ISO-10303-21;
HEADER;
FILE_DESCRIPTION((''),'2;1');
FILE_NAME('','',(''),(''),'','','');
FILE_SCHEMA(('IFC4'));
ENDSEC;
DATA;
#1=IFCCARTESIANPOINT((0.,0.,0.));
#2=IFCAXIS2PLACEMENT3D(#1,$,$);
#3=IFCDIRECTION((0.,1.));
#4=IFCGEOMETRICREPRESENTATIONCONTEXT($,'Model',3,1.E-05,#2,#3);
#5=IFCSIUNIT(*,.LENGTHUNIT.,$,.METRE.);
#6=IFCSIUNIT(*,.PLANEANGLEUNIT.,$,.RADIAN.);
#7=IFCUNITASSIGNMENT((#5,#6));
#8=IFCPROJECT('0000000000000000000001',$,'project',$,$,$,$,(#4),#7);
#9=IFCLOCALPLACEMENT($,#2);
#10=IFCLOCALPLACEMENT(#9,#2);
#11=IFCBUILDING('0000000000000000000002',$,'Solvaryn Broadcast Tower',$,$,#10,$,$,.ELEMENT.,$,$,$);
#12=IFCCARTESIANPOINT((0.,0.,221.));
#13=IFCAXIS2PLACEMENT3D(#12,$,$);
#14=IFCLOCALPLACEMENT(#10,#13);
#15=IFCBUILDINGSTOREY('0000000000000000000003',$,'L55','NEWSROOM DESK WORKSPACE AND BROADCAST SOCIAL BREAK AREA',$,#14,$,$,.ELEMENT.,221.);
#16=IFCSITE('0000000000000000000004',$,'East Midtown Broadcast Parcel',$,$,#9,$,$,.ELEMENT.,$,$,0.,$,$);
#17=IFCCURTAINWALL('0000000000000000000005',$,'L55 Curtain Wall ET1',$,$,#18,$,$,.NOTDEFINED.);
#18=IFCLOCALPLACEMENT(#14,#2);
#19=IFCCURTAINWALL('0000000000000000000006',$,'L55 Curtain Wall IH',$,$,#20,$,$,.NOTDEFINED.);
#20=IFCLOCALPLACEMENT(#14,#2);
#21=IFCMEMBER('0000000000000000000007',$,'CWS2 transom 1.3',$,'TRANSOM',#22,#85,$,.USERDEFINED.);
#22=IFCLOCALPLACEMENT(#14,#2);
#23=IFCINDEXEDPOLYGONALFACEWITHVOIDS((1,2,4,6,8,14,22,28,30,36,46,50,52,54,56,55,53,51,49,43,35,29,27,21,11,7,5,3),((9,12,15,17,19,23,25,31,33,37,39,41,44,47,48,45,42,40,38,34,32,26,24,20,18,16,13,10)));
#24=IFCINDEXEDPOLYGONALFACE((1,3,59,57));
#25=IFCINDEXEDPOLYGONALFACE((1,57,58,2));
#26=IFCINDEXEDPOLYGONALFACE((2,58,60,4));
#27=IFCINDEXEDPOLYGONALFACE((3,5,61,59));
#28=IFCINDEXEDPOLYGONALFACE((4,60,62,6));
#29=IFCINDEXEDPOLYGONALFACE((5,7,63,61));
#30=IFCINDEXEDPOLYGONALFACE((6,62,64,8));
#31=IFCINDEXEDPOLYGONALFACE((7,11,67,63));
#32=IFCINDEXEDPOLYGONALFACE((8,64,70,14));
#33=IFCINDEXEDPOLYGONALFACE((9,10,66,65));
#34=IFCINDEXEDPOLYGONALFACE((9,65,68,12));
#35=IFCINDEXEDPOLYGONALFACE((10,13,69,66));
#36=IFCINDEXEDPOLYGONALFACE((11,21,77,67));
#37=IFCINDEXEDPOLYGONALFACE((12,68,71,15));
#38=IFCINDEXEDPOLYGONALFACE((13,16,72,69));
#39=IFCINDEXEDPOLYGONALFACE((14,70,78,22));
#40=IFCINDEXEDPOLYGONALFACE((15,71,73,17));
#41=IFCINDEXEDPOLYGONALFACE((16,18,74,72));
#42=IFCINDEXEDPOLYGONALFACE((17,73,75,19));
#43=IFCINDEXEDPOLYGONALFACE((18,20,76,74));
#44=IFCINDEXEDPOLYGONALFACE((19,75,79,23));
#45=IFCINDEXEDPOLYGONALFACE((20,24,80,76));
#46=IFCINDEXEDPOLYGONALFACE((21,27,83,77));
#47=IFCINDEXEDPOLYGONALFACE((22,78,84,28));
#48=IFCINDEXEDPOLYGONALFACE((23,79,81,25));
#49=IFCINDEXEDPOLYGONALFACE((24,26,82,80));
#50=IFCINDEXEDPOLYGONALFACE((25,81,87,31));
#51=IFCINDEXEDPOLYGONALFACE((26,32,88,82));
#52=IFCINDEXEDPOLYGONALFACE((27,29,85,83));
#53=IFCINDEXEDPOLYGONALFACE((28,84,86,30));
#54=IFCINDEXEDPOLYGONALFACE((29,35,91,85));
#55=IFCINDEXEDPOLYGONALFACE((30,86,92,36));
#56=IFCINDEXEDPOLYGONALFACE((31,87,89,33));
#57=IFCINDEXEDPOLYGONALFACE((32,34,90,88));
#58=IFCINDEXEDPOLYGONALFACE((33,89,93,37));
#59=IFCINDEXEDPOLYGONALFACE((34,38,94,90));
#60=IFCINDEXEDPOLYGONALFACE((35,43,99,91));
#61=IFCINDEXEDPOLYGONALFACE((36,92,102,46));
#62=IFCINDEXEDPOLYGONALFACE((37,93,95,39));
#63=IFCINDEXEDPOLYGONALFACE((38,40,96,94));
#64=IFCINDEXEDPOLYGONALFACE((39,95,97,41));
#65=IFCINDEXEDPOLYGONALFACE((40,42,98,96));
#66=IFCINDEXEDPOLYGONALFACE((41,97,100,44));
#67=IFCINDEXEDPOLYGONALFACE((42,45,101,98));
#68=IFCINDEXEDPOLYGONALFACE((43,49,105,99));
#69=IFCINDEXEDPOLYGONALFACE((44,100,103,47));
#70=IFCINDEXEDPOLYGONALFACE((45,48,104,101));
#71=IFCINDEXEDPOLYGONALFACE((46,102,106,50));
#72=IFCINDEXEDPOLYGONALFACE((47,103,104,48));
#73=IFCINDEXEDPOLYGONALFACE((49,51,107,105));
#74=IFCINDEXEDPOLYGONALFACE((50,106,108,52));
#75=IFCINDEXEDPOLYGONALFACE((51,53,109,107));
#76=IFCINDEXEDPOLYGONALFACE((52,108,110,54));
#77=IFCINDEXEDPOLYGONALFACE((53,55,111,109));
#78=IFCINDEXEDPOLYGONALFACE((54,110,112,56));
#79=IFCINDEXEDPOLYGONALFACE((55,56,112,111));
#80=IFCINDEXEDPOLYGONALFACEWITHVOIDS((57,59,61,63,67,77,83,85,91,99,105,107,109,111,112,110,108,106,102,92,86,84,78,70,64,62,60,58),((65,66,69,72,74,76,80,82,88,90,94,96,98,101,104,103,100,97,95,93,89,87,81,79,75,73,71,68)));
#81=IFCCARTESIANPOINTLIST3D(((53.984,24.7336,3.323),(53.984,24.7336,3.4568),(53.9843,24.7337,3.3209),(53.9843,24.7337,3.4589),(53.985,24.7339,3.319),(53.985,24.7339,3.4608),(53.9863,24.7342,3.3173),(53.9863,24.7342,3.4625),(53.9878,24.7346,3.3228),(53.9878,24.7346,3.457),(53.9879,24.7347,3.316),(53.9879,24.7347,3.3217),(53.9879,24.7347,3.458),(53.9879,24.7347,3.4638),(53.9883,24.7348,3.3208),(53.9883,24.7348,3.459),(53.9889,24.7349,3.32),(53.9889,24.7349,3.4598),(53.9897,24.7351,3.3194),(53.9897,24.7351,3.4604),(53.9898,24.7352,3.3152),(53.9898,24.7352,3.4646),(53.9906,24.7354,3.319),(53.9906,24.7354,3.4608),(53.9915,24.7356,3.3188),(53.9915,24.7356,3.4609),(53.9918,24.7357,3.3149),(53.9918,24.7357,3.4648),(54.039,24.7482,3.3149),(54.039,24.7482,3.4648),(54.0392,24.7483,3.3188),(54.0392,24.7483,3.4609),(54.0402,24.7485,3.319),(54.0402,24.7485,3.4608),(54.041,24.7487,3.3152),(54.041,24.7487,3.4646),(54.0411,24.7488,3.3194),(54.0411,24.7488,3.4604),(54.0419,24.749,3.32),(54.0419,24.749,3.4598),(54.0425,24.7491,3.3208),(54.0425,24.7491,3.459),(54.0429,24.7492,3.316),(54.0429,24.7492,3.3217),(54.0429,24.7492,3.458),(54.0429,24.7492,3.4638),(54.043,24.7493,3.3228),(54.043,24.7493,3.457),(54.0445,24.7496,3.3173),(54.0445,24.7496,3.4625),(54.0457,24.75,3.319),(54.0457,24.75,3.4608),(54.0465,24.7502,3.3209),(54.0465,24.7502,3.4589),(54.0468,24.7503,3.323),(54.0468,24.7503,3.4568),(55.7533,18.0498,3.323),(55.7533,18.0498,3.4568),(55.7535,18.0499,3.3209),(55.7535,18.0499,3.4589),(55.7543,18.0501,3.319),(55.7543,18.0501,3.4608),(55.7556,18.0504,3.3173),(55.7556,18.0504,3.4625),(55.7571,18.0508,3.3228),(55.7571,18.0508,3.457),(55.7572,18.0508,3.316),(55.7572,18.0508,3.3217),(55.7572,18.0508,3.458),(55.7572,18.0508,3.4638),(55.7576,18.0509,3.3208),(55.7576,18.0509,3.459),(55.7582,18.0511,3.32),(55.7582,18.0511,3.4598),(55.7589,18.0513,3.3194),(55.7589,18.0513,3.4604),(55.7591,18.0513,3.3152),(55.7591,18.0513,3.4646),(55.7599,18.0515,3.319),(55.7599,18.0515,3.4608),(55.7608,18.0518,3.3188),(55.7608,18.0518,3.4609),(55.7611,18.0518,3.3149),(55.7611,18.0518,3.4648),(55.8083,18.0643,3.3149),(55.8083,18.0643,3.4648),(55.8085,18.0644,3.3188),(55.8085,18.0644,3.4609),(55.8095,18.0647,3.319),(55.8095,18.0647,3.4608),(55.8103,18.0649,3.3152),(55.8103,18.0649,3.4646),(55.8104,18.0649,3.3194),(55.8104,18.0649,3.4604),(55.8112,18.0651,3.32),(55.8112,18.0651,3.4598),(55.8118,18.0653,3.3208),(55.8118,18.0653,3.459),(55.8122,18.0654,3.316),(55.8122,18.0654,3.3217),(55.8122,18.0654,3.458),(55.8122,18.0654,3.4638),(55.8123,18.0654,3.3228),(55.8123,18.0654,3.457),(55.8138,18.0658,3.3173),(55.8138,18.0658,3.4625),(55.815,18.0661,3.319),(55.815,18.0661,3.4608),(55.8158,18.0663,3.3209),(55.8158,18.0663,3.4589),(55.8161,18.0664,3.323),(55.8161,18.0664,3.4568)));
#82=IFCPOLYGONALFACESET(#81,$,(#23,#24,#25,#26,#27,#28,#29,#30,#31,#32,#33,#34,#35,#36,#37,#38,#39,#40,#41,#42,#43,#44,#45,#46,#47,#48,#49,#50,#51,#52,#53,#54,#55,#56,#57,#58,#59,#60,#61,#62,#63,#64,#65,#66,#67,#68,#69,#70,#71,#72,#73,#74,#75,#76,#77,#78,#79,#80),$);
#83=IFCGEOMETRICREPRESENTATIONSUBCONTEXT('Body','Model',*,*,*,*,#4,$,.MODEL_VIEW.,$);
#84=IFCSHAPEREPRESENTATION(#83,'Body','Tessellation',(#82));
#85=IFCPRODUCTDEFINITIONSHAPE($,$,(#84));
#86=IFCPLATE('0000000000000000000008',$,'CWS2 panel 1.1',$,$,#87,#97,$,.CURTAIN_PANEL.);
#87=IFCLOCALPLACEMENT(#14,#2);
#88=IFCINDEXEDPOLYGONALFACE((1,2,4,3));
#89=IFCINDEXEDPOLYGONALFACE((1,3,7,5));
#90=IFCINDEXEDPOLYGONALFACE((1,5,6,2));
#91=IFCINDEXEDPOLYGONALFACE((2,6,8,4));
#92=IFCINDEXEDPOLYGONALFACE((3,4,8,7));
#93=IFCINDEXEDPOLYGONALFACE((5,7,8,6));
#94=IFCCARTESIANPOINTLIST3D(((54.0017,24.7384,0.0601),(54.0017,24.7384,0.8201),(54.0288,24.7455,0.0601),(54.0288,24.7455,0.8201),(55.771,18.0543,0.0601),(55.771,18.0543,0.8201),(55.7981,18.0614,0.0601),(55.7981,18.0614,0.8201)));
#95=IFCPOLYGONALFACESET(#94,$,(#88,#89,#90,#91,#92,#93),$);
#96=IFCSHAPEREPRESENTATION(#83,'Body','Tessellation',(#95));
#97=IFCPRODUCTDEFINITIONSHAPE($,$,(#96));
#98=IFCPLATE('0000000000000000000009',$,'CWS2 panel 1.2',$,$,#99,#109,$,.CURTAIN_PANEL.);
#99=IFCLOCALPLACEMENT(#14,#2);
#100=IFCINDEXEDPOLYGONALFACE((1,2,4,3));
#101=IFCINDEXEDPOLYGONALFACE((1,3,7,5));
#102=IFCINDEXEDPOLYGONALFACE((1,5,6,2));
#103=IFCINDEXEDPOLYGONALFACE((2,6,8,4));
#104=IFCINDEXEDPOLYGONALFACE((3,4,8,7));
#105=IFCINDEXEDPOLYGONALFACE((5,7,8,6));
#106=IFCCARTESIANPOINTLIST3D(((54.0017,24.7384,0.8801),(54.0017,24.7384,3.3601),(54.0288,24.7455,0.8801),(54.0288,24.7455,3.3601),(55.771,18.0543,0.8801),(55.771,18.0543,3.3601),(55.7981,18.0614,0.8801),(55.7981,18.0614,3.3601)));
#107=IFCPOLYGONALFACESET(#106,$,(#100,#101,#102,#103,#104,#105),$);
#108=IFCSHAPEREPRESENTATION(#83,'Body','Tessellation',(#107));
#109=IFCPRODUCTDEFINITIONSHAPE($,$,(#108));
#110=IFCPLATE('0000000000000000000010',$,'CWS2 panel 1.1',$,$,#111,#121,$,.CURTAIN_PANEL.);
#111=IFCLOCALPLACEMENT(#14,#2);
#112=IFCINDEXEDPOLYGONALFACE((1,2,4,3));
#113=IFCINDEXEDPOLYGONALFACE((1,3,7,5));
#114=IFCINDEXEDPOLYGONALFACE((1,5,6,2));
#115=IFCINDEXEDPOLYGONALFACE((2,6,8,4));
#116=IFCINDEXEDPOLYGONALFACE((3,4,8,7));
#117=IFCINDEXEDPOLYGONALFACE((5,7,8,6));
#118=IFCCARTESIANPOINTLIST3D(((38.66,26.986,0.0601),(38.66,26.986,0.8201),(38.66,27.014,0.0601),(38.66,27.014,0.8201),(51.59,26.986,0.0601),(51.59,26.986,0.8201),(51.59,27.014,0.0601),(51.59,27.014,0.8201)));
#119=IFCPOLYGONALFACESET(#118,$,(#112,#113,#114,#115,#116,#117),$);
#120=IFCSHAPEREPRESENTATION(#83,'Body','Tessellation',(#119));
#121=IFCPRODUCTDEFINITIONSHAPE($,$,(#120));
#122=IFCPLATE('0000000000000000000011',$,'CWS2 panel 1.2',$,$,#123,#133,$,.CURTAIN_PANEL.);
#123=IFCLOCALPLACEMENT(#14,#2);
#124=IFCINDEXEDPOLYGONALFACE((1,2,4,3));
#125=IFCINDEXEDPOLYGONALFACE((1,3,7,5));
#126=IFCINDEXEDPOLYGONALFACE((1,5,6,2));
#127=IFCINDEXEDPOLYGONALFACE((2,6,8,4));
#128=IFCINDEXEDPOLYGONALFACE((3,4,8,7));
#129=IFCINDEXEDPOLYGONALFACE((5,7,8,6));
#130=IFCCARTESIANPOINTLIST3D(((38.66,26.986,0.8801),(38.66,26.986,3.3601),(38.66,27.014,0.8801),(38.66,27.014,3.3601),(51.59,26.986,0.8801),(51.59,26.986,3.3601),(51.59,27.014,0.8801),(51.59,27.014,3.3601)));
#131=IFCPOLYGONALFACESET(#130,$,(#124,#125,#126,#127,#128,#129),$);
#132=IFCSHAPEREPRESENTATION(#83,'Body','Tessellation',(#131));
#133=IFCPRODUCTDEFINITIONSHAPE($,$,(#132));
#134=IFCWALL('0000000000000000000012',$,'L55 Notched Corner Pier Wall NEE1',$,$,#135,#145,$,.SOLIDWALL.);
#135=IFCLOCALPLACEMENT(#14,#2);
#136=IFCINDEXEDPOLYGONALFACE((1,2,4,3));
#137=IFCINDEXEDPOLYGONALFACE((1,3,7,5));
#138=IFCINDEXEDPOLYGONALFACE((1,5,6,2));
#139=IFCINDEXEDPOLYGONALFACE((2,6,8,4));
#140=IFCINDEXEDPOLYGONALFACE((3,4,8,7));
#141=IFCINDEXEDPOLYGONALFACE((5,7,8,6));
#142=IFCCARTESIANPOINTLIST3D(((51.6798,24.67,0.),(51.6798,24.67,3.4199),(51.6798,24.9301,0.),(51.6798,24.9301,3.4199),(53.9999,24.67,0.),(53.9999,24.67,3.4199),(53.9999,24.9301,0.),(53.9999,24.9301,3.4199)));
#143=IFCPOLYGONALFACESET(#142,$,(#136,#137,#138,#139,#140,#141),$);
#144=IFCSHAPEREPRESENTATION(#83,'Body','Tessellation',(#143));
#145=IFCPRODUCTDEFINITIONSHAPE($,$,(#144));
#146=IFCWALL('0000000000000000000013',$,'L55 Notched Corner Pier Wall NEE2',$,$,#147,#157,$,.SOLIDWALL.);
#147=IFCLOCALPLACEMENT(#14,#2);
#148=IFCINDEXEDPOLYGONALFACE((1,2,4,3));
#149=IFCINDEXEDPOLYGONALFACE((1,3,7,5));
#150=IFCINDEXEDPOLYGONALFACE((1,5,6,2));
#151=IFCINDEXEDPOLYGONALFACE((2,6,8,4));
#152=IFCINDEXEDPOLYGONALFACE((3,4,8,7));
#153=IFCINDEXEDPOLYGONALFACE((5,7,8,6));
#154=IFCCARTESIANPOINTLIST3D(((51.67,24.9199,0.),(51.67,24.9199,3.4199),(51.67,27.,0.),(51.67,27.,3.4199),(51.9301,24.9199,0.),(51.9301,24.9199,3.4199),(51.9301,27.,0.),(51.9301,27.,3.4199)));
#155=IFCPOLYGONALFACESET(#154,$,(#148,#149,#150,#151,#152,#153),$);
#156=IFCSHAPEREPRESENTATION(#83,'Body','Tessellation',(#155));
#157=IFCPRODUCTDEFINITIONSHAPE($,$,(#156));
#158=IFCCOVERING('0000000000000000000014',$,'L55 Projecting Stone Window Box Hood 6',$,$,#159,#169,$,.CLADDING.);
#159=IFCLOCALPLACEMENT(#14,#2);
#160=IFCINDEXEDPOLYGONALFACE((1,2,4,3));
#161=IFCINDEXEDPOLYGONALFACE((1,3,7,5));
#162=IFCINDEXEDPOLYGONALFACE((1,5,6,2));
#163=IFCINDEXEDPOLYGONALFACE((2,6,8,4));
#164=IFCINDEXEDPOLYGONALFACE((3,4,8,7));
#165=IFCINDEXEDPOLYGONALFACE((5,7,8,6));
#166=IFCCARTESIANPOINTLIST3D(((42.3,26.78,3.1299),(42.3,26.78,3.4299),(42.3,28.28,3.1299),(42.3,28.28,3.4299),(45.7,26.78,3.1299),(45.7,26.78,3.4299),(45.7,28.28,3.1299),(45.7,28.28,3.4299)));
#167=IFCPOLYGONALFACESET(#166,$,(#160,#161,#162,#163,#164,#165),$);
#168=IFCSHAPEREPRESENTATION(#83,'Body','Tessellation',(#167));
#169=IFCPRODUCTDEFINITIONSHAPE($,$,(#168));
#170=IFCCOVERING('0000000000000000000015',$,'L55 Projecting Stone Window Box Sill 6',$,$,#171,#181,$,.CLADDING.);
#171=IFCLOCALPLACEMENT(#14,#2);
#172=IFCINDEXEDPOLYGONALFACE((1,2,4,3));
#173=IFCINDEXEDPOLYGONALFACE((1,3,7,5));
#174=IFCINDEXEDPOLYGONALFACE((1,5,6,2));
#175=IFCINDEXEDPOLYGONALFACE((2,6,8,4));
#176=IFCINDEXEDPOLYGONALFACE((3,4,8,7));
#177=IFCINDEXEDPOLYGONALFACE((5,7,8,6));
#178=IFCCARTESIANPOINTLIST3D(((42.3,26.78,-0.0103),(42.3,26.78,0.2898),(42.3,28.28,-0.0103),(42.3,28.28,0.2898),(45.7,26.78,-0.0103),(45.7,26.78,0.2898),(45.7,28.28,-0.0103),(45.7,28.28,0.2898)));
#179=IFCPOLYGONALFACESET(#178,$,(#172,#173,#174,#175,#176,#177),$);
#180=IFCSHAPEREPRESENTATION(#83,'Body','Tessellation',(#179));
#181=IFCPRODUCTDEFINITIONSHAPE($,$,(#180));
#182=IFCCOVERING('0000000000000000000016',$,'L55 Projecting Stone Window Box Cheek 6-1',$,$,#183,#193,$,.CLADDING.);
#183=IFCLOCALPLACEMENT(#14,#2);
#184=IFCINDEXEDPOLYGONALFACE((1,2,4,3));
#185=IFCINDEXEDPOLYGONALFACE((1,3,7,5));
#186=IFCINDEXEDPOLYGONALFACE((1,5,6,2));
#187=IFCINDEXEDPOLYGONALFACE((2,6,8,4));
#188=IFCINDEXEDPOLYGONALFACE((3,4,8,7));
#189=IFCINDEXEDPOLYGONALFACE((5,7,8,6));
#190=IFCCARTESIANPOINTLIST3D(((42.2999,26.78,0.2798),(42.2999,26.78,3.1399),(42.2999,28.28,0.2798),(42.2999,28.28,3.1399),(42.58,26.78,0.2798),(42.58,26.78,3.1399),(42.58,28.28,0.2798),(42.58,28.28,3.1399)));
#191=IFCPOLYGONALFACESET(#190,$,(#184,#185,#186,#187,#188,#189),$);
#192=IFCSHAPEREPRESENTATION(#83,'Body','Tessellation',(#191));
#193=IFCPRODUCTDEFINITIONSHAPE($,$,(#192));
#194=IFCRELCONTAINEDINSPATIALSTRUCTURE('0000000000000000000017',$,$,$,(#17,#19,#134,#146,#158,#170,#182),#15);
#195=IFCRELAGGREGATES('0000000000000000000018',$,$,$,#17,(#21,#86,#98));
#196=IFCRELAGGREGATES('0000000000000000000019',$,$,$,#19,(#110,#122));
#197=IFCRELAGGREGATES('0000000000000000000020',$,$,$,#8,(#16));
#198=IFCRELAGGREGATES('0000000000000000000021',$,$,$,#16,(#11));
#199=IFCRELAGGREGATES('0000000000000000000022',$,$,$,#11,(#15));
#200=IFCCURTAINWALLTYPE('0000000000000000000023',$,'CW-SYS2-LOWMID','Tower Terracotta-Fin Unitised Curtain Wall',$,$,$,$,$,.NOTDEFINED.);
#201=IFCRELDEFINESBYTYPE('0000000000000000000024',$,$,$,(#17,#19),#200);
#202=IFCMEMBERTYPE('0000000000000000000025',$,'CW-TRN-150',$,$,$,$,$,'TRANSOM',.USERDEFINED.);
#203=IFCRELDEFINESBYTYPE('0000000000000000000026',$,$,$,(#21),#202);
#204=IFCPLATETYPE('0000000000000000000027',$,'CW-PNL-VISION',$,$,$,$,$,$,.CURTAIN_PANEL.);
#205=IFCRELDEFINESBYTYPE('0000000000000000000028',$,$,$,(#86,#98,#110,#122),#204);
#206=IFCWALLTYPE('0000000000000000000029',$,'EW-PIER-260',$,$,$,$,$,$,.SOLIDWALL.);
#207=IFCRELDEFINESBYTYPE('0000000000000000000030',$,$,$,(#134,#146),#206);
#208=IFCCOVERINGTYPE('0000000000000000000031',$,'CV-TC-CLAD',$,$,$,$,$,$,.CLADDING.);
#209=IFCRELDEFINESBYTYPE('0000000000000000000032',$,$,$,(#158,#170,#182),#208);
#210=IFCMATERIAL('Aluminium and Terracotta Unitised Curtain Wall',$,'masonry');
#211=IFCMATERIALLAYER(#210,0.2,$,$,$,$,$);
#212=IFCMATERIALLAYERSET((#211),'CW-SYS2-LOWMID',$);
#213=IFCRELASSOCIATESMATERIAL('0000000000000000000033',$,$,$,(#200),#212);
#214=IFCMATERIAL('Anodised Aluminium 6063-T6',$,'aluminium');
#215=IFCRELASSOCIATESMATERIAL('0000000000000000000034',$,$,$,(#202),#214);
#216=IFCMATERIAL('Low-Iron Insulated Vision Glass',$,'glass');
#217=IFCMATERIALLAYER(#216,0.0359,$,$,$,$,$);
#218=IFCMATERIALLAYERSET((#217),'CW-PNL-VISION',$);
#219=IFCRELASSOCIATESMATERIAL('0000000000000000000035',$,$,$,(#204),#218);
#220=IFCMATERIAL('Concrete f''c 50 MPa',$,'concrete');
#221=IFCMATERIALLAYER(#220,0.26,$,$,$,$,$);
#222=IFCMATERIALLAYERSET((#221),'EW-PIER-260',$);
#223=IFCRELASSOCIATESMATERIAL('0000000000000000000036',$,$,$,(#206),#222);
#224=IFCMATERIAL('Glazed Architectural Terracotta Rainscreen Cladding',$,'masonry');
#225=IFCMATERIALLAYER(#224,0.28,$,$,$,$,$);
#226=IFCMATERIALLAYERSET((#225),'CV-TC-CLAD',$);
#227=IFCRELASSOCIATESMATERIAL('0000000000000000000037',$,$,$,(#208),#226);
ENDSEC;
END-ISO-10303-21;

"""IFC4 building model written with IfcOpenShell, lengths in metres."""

from ifc_helpers import new_model, si_unit, direction, frame, frame_2d, origin, origin_2d, place, context, subcontext, project, spatial, rectangle, hollow_rectangle, extrude, material, layer, layer_set, material_profile, profile_set, type_object, element, aggregate, save


model = new_model("IFC4")

# Units and contexts
model_context = context("Model", 3, precision=1e-05, world=origin(), true_north=direction((0.0, 1.0)))
body_context = subcontext(model_context, "Body", "Model", "MODEL_VIEW")
ifc_project = project(units=[si_unit("LENGTHUNIT", "METRE"), si_unit("PLANEANGLEUNIT", "RADIAN")], contexts=[model_context])

# Site, building, storey
site_placement = place(None, origin())
site = spatial("IfcSite", under=ifc_project, at=site_placement, Name="East Midtown Broadcast Parcel", CompositionType="ELEMENT", RefElevation=0.0)
building_placement = place(site_placement, origin())
building = spatial("IfcBuilding", under=site, at=building_placement, Name="Solvaryn Broadcast Tower", CompositionType="ELEMENT")
storey_placement = place(building_placement, frame((0.0, 0.0, 221.0)))
storey = spatial("IfcBuildingStorey", under=building, at=storey_placement, Name="L55", Description="NEWSROOM DESK WORKSPACE AND BROADCAST SOCIAL BREAK AREA", CompositionType="ELEMENT", Elevation=221.0)

# Curtain walls
ifc_material_1 = material(Name="Aluminium and Terracotta Unitised Curtain Wall", Category="masonry")
ifc_layer_1 = layer(ifc_material_1, 0.2)
ifc_layer_set_1 = layer_set([ifc_layer_1], Name="CW-SYS2-LOWMID")
curtain_wall_type = type_object("IfcCurtainWallType", Name="CW-SYS2-LOWMID", Description="Tower Terracotta-Fin Unitised Curtain Wall", PredefinedType="NOTDEFINED", material=ifc_layer_set_1)
curtain_wall_1_placement = place(storey_placement, origin())
curtain_wall_1 = element("IfcCurtainWall", 1, at=curtain_wall_1_placement, inside=storey, type_object=curtain_wall_type, Name="L55 Curtain Wall ET1", PredefinedType="NOTDEFINED")
curtain_wall_2_placement = place(storey_placement, origin())
curtain_wall_2 = element("IfcCurtainWall", 2, at=curtain_wall_2_placement, inside=storey, type_object=curtain_wall_type, Name="L55 Curtain Wall IH", PredefinedType="NOTDEFINED")

# Member
ifc_material_2 = material(Name="Anodised Aluminium 6063-T6", Category="aluminium")
ifc_material_profile_1 = material_profile(ifc_material_2, hollow_rectangle(XDim=0.0649, YDim=0.1499, WallThickness=0.0039, InnerFilletRadius=0.0039, OuterFilletRadius=0.0081, at=origin_2d()))
ifc_profile_set_1 = profile_set([ifc_material_profile_1], Name="Anodised Aluminium 6063-T6")
member_type_1 = type_object("IfcMemberType", Name="CW-TRN-150", ElementType="TRANSOM", PredefinedType="USERDEFINED", material=ifc_profile_set_1)
member_1_placement = place(storey_placement, frame((54.0154, 24.7419, 3.3899), z_axis=(0.255897, -0.966704, 0.0), x_axis=(0.966704, 0.255897, 0.0)))
member_1 = element("IfcMember", 3, at=member_1_placement, type_object=member_type_1, Name="CWS2 transom 1.3", ObjectType="TRANSOM", PredefinedType="USERDEFINED", context=body_context, shape_type="SweptSolid", body=[
    extrude(hollow_rectangle(XDim=0.0649, YDim=0.1499, WallThickness=0.0039, InnerFilletRadius=0.0039, OuterFilletRadius=0.0081, at=origin_2d()), origin(), (0.0, 0.0, 1.0), 6.9141),
])

# Plates
ifc_material_3 = material(Name="Low-Iron Insulated Vision Glass", Category="glass")
ifc_layer_2 = layer(ifc_material_3, 0.0359)
ifc_layer_set_2 = layer_set([ifc_layer_2], Name="CW-PNL-VISION")
plate_type = type_object("IfcPlateType", Name="CW-PNL-VISION", PredefinedType="CURTAIN_PANEL", material=ifc_layer_set_2)
plate_1_placement = place(storey_placement, frame((54.8999, 21.3999, 0.0601), z_axis=(0.0, 0.0, 1.0), x_axis=(0.255893, -0.966705, 0.0)))
plate_1 = element("IfcPlate", 4, at=plate_1_placement, type_object=plate_type, Name="CWS2 panel 1.1", PredefinedType="CURTAIN_PANEL", context=body_context, shape_type="SweptSolid", body=[
    extrude(rectangle(XDim=6.9143, YDim=0.0281, at=origin_2d()), origin(), (0.0, 0.0, 1.0), 0.76),
])
plate_2_placement = place(storey_placement, frame((54.8999, 21.3999, 0.8801), z_axis=(0.0, 0.0, 1.0), x_axis=(0.255893, -0.966705, 0.0)))
plate_2 = element("IfcPlate", 5, at=plate_2_placement, type_object=plate_type, Name="CWS2 panel 1.2", PredefinedType="CURTAIN_PANEL", context=body_context, shape_type="SweptSolid", body=[
    extrude(rectangle(XDim=6.9143, YDim=0.0281, at=origin_2d()), origin(), (0.0, 0.0, 1.0), 2.48),
])
aggregate(curtain_wall_1, [member_1, plate_1, plate_2])
plate_3_placement = place(storey_placement, frame((45.125, 27.0, 0.0601), z_axis=(0.0, 0.0, 1.0), x_axis=(1.0, 0.0, 0.0)))
plate_3 = element("IfcPlate", 6, at=plate_3_placement, type_object=plate_type, Name="CWS2 panel 1.1", PredefinedType="CURTAIN_PANEL", context=body_context, shape_type="SweptSolid", body=[
    extrude(rectangle(XDim=12.9299, YDim=0.0281, at=origin_2d()), origin(), (0.0, 0.0, 1.0), 0.76),
])
plate_4_placement = place(storey_placement, frame((45.125, 27.0, 0.8801), z_axis=(0.0, 0.0, 1.0), x_axis=(1.0, 0.0, 0.0)))
plate_4 = element("IfcPlate", 7, at=plate_4_placement, type_object=plate_type, Name="CWS2 panel 1.2", PredefinedType="CURTAIN_PANEL", context=body_context, shape_type="SweptSolid", body=[
    extrude(rectangle(XDim=12.9299, YDim=0.0281, at=origin_2d()), origin(), (0.0, 0.0, 1.0), 2.48),
])
aggregate(curtain_wall_2, [plate_3, plate_4])

# Walls
ifc_material_4 = material(Name="Concrete f'c 50 MPa", Category="concrete")
ifc_layer_3 = layer(ifc_material_4, 0.26)
ifc_layer_set_3 = layer_set([ifc_layer_3], Name="EW-PIER-260")
wall_type_1 = type_object("IfcWallType", Name="EW-PIER-260", PredefinedType="SOLIDWALL", material=ifc_layer_set_3)
wall_1_placement = place(storey_placement, frame((54.0, 24.8, 0.0), z_axis=(0.0, 0.0, 1.0), x_axis=(-1.0, 0.0, 0.0)))
element("IfcWall", 8, at=wall_1_placement, inside=storey, type_object=wall_type_1, Name="L55 Notched Corner Pier Wall NEE1", PredefinedType="SOLIDWALL", context=body_context, shape_type="SweptSolid", body=[
    extrude(rectangle(XDim=2.3201, YDim=0.26, at=frame_2d((1.1602, 0.0))), origin(), (0.0, 0.0, 1.0), 3.4199),
])
wall_2_placement = place(storey_placement, frame((51.8, 24.9199, 0.0), z_axis=(0.0, 0.0, 1.0), x_axis=(0.0, 1.0, 0.0)))
element("IfcWall", 9, at=wall_2_placement, inside=storey, type_object=wall_type_1, Name="L55 Notched Corner Pier Wall NEE2", PredefinedType="SOLIDWALL", context=body_context, shape_type="SweptSolid", body=[
    extrude(rectangle(XDim=2.0801, YDim=0.26, at=frame_2d((1.04, 0.0))), origin(), (0.0, 0.0, 1.0), 3.4199),
])

# Coverings
ifc_material_5 = material(Name="Glazed Architectural Terracotta Rainscreen Cladding", Category="masonry")
ifc_layer_4 = layer(ifc_material_5, 0.28)
ifc_layer_set_4 = layer_set([ifc_layer_4], Name="CV-TC-CLAD")
covering_type_1 = type_object("IfcCoveringType", Name="CV-TC-CLAD", PredefinedType="CLADDING", material=ifc_layer_set_4)
for number, where, z_axis, x_axis, name in (
    (10, (44.0, 27.53, 3.1299), (0.0, 0.0, 1.0), (1.0, 0.0, 0.0), "L55 Projecting Stone Window Box Hood 6"),
    (11, (44.0, 27.53, -0.0103), (0.0, 0.0, 1.0), (1.0, 0.0, 0.0), "L55 Projecting Stone Window Box Sill 6"),
):
    element("IfcCovering", number, at=place(storey_placement, frame(where, z_axis=z_axis, x_axis=x_axis)), inside=storey, type_object=covering_type_1, Name=name, PredefinedType="CLADDING", context=body_context, shape_type="SweptSolid", body=[
        extrude(rectangle(XDim=3.3999, YDim=1.5, at=origin_2d()), origin(), (0.0, 0.0, 1.0), 0.3),
    ])
for number, where, z_axis, x_axis, name in (
    (12, (42.4399, 27.53, 0.2798), (0.0, 0.0, 1.0), (1.0, 0.0, 0.0), "L55 Projecting Stone Window Box Cheek 6-1"),
):
    element("IfcCovering", number, at=place(storey_placement, frame(where, z_axis=z_axis, x_axis=x_axis)), inside=storey, type_object=covering_type_1, Name=name, PredefinedType="CLADDING", context=body_context, shape_type="SweptSolid", body=[
        extrude(rectangle(XDim=0.28, YDim=1.5, at=origin_2d()), origin(), (0.0, 0.0, 1.0), 2.8601),
    ])

save(model, "model.ifc")
